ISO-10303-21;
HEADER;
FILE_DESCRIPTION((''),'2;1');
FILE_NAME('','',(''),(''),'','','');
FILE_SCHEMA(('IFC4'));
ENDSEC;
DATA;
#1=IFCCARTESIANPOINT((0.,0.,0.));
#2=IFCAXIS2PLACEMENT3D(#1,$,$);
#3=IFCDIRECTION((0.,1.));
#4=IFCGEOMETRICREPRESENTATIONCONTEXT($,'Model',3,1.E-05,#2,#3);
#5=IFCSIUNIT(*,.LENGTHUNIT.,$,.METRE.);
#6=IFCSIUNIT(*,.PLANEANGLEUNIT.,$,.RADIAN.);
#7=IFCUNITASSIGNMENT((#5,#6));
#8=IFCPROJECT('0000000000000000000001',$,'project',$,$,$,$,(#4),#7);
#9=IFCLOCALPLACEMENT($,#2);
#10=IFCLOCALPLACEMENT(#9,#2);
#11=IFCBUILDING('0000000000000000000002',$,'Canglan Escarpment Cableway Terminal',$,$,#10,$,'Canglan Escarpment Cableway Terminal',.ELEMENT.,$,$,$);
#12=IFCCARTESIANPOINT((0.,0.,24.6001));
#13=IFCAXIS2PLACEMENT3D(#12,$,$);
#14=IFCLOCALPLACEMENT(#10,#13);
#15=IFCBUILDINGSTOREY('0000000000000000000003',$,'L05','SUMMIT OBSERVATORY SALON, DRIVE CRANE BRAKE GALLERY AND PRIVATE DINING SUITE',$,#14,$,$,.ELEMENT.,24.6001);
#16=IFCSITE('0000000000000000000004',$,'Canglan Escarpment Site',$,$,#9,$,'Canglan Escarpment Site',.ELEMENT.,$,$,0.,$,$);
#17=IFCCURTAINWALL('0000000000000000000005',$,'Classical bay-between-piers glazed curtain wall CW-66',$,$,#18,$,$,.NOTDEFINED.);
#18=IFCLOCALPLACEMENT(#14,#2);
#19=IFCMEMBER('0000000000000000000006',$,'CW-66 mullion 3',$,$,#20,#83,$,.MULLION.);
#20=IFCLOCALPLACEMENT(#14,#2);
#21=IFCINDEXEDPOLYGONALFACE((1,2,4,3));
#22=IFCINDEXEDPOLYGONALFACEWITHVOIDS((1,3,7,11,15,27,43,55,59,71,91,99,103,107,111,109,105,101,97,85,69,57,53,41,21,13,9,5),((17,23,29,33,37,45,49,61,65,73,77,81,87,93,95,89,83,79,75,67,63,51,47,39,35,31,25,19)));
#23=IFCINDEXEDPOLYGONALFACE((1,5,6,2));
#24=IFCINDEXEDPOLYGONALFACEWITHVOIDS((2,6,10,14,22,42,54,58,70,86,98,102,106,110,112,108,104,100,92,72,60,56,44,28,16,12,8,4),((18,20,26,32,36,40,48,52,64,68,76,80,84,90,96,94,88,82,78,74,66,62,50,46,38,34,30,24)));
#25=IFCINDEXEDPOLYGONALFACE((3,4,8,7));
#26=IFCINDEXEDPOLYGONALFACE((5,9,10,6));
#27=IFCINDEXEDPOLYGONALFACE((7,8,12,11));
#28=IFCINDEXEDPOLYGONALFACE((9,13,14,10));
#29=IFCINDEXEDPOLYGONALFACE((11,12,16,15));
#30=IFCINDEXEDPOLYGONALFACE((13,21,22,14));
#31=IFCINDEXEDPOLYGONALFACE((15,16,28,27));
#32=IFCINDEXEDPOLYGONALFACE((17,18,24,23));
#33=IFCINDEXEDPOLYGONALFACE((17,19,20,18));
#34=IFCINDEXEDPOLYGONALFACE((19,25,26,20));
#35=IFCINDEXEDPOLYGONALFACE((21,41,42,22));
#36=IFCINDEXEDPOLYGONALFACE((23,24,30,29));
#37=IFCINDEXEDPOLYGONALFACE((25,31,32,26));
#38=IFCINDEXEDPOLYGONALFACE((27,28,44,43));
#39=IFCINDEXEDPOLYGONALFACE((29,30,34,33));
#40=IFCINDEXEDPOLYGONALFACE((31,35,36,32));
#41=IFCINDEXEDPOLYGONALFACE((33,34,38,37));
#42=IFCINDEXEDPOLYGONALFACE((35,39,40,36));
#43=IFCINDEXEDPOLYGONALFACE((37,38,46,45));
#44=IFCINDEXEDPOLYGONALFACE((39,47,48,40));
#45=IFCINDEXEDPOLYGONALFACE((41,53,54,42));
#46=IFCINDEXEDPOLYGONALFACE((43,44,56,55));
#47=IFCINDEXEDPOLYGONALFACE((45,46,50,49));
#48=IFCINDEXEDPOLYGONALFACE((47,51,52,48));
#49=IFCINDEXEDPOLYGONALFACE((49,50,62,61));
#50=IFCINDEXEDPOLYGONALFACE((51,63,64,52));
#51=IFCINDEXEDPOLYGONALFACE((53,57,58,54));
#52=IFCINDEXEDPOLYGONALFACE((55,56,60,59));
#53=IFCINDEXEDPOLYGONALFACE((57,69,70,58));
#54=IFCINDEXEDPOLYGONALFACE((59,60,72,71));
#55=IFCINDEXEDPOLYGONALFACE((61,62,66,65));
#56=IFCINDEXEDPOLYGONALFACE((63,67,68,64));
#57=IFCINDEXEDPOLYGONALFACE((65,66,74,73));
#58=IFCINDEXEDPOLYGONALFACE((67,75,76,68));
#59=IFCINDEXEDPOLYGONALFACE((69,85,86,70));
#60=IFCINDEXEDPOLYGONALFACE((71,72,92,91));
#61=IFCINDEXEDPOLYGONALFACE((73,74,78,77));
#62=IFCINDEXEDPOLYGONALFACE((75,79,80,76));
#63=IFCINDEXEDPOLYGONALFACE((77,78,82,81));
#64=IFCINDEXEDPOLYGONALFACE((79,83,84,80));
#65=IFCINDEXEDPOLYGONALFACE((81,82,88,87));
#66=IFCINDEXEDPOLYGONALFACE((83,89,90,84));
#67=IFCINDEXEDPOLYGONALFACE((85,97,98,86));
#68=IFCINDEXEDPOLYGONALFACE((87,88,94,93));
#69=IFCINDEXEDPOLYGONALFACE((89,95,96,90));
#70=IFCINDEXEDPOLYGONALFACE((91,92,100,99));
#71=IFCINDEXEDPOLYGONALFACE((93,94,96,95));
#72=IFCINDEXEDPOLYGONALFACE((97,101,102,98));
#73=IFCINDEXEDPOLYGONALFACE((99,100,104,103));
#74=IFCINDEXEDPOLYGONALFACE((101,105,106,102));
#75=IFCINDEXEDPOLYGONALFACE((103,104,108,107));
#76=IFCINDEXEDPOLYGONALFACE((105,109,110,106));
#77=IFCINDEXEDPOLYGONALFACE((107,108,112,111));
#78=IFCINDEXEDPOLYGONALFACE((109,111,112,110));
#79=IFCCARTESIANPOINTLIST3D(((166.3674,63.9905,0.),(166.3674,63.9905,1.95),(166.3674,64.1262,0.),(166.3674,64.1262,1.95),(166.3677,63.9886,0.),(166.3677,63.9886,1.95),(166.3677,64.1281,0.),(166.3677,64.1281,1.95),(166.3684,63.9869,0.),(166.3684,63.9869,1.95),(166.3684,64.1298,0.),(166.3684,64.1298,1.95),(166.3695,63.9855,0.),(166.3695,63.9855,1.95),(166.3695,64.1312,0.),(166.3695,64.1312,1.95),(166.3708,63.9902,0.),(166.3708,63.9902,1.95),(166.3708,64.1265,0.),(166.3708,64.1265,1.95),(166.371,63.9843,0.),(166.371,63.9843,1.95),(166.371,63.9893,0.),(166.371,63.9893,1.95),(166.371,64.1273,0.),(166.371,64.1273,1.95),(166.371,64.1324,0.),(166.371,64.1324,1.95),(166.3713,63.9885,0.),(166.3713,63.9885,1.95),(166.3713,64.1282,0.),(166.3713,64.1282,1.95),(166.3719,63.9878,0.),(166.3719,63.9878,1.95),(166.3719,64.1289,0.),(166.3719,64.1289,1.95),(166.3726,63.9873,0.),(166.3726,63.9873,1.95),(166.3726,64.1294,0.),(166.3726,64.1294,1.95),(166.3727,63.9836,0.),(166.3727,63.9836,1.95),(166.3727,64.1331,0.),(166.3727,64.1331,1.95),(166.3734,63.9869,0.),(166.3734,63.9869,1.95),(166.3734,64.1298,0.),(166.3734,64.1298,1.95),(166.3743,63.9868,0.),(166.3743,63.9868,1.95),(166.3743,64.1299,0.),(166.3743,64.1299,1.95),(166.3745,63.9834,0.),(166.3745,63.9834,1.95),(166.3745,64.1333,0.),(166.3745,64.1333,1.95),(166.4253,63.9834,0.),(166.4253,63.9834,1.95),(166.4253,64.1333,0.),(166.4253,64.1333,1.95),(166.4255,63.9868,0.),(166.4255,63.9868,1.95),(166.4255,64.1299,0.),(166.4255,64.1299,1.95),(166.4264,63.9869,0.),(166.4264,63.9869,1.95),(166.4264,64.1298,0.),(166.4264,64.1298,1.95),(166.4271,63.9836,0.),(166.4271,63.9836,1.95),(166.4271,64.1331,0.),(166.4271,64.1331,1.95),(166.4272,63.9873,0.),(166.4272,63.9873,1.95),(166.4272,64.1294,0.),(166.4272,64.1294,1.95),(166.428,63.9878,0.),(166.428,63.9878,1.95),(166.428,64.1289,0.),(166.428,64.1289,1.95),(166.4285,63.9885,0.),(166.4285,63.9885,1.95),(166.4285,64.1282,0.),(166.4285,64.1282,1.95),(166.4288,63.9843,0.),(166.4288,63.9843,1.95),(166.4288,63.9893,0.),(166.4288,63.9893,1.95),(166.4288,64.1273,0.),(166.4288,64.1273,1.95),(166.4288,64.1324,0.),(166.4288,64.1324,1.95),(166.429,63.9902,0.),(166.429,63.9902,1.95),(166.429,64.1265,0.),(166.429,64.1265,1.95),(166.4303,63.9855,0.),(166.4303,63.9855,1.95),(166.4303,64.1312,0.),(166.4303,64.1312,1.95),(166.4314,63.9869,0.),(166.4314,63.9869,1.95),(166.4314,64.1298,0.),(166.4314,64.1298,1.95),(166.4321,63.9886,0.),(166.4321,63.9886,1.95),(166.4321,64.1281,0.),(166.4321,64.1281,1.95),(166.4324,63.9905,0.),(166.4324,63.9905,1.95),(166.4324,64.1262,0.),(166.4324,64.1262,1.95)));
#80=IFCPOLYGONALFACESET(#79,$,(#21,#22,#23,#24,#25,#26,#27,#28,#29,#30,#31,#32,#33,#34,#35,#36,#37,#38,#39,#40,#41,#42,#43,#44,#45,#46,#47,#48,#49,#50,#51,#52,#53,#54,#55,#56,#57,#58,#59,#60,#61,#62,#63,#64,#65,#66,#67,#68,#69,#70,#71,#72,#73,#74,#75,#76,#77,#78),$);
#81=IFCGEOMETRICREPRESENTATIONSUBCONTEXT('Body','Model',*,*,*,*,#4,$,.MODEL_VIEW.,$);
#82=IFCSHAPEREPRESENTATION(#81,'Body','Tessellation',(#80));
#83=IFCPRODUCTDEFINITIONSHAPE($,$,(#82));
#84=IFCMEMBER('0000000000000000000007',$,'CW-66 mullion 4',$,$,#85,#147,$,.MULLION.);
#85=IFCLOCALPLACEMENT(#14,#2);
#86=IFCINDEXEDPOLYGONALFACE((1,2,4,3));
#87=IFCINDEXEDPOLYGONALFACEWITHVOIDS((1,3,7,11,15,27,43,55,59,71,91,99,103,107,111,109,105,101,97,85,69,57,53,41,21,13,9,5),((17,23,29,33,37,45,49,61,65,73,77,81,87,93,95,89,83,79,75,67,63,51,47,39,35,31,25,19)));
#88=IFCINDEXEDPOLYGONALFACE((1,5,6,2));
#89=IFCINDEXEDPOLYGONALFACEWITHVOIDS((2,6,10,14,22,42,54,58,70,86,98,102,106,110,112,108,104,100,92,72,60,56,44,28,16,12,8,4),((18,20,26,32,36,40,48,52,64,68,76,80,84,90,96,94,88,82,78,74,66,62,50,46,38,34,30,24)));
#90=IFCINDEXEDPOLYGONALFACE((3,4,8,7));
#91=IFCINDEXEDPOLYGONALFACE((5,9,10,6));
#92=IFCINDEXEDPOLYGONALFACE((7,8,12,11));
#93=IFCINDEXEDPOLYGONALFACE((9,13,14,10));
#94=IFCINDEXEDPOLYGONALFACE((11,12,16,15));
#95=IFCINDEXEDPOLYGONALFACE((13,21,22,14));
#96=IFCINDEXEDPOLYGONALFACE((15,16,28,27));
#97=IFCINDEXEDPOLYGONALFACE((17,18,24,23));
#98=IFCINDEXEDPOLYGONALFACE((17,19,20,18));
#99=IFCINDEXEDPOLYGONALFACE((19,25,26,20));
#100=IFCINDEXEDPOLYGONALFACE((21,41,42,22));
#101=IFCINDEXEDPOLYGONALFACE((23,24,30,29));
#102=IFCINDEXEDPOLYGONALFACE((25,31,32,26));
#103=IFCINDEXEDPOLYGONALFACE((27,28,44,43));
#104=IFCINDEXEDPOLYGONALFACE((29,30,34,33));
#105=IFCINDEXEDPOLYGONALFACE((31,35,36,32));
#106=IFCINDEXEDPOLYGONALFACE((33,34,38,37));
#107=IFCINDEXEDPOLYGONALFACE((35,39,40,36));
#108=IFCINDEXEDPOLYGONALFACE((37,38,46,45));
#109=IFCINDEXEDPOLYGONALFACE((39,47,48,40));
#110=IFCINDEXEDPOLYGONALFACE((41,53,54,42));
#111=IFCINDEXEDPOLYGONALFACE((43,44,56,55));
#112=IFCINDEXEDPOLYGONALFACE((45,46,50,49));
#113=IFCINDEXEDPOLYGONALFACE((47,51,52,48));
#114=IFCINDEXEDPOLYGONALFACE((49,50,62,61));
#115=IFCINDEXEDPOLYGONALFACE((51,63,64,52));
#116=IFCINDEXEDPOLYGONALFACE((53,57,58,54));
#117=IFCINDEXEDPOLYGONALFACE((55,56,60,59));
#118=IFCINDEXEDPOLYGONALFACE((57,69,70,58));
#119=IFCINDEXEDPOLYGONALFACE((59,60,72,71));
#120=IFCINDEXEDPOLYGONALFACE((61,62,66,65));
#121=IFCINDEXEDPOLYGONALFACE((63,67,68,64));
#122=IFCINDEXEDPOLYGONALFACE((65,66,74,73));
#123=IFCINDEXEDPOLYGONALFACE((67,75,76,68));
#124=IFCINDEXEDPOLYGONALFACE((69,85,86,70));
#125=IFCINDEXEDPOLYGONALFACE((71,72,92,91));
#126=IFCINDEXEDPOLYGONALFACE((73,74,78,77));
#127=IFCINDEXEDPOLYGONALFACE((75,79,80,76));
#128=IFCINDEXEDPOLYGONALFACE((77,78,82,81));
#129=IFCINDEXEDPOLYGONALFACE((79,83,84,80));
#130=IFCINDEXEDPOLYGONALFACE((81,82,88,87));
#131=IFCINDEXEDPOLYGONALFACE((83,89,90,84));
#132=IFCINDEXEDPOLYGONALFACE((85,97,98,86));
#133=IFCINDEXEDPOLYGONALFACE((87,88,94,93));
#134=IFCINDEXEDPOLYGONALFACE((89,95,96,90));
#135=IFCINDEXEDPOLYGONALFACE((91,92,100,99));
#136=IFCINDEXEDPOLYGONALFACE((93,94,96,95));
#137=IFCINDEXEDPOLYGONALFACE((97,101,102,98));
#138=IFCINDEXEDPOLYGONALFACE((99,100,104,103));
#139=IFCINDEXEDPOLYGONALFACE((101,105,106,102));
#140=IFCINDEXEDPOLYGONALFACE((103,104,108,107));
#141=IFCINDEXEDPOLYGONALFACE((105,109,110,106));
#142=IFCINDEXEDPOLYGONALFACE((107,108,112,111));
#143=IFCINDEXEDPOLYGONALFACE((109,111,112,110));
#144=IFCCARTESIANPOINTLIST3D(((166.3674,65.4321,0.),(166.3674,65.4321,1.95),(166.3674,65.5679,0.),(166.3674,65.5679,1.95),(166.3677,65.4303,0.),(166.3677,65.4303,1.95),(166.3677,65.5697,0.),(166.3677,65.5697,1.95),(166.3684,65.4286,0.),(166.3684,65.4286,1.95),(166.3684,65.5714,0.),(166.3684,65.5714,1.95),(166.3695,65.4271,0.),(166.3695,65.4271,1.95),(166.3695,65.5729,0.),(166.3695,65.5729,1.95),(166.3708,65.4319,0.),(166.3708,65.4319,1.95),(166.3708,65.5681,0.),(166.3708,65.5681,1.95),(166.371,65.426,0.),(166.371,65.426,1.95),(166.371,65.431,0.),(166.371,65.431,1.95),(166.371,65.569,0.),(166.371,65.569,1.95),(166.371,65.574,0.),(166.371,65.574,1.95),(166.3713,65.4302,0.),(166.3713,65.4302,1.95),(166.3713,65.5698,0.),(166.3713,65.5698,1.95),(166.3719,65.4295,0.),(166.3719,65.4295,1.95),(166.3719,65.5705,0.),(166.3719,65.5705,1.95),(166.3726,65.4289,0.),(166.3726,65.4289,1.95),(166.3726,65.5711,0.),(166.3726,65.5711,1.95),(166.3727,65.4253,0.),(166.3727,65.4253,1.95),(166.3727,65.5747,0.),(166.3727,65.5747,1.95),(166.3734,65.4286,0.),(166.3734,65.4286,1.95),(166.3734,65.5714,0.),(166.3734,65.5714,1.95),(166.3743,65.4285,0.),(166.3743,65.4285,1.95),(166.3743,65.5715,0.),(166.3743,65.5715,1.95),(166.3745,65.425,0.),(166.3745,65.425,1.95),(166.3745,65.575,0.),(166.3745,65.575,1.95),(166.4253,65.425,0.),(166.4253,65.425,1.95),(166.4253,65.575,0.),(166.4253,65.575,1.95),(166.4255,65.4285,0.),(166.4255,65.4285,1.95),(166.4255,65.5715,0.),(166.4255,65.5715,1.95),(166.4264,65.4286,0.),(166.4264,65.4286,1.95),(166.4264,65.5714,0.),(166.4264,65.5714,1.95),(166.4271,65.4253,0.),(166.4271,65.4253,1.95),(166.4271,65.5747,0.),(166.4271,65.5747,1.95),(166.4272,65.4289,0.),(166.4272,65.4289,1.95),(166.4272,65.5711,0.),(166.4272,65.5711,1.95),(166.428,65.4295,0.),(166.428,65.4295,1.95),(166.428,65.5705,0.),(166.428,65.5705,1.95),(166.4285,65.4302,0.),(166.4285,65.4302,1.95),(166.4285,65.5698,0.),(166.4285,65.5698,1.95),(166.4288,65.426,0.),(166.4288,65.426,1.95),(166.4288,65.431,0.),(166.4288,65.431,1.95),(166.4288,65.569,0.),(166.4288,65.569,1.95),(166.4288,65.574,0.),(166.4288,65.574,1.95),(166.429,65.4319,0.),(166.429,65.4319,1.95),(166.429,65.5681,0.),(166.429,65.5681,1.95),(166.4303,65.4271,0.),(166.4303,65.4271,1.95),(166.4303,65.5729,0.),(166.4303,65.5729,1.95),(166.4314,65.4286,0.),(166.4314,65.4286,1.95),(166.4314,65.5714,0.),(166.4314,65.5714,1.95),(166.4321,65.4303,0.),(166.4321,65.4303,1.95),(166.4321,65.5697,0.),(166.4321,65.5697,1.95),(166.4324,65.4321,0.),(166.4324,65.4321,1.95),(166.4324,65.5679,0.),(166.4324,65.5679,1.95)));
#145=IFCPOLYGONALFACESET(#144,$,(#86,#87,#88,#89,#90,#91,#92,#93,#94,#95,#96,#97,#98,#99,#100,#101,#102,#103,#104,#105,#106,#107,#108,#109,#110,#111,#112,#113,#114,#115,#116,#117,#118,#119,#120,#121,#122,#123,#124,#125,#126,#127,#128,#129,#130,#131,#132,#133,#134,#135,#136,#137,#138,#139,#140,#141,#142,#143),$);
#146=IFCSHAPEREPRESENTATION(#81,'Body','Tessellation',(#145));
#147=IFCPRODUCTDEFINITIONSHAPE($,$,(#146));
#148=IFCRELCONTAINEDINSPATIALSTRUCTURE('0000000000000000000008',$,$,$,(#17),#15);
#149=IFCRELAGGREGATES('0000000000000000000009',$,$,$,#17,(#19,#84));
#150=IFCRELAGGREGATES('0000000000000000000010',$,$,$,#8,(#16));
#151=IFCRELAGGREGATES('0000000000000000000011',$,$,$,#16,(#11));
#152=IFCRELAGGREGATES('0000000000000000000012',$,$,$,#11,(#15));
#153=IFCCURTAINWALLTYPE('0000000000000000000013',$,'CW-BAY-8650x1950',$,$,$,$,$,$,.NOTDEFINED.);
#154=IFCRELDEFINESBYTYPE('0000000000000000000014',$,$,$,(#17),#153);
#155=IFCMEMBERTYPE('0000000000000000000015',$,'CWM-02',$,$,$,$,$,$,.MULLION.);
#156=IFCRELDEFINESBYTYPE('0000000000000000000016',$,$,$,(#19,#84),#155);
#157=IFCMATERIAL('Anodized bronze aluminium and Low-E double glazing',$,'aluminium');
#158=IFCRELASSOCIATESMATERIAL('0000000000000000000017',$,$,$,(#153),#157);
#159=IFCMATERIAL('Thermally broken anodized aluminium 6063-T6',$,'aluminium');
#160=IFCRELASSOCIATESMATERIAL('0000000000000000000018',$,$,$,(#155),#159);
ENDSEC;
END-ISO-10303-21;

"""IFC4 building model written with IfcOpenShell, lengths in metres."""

from ifc_helpers import new_model, si_unit, direction, frame, origin, origin_2d, place, context, subcontext, project, spatial, hollow_rectangle, extrude, material, material_profile, profile_set, type_object, element, aggregate, save


model = new_model("IFC4")

# Units and contexts
model_context = context("Model", 3, precision=1e-05, world=origin(), true_north=direction((0.0, 1.0)))
body_context = subcontext(model_context, "Body", "Model", "MODEL_VIEW")
ifc_project = project(units=[si_unit("LENGTHUNIT", "METRE"), si_unit("PLANEANGLEUNIT", "RADIAN")], contexts=[model_context])

# Site, building, storey
site_placement = place(None, origin())
site = spatial("IfcSite", under=ifc_project, at=site_placement, Name="Canglan Escarpment Site", LongName="Canglan Escarpment Site", CompositionType="ELEMENT", RefElevation=0.0)
building_placement = place(site_placement, origin())
building = spatial("IfcBuilding", under=site, at=building_placement, Name="Canglan Escarpment Cableway Terminal", LongName="Canglan Escarpment Cableway Terminal", CompositionType="ELEMENT")
storey_placement = place(building_placement, frame((0.0, 0.0, 24.6001)))
storey = spatial("IfcBuildingStorey", under=building, at=storey_placement, Name="L05", Description="SUMMIT OBSERVATORY SALON, DRIVE CRANE BRAKE GALLERY AND PRIVATE DINING SUITE", CompositionType="ELEMENT", Elevation=24.6001)

# Shared definitions
ifc_material_1 = material(Name="Anodized bronze aluminium and Low-E double glazing", Category="aluminium")
curtain_wall_type = type_object("IfcCurtainWallType", Name="CW-BAY-8650x1950", PredefinedType="NOTDEFINED", material=ifc_material_1)
ifc_material_2 = material(Name="Thermally broken anodized aluminium 6063-T6", Category="aluminium")

# Curtain wall, members
curtain_wall_1_placement = place(storey_placement, origin())
curtain_wall_1 = element("IfcCurtainWall", 1, at=curtain_wall_1_placement, inside=storey, type_object=curtain_wall_type, Name="Classical bay-between-piers glazed curtain wall CW-66", PredefinedType="NOTDEFINED")
ifc_material_profile_1 = material_profile(ifc_material_2, hollow_rectangle(XDim=0.0649, YDim=0.1499, WallThickness=0.0034, InnerFilletRadius=0.0034, OuterFilletRadius=0.0071, at=origin_2d()), Name="ALU-MULL 65x150x3.5")
ifc_profile_set_1 = profile_set([ifc_material_profile_1], Name="Thermally broken anodized aluminium 6063-T6")
member_type_1 = type_object("IfcMemberType", Name="CWM-02", PredefinedType="MULLION", material=ifc_profile_set_1)
member_1_placement = place(storey_placement, frame((166.3999, 64.0583, 0.0), z_axis=(0.0, 0.0, 1.0), x_axis=(-1.0, 0.0, 0.0)))
member_1 = element("IfcMember", 2, at=member_1_placement, type_object=member_type_1, Name="CW-66 mullion 3", PredefinedType="MULLION", context=body_context, shape_type="SweptSolid", body=[
    extrude(hollow_rectangle(XDim=0.0649, YDim=0.1499, WallThickness=0.0034, InnerFilletRadius=0.0034, OuterFilletRadius=0.0071, at=origin_2d()), origin(), (0.0, 0.0, 1.0), 1.95),
])
member_2_placement = place(storey_placement, frame((166.3999, 65.5, 0.0), z_axis=(0.0, 0.0, 1.0), x_axis=(-1.0, 0.0, 0.0)))
member_2 = element("IfcMember", 3, at=member_2_placement, type_object=member_type_1, Name="CW-66 mullion 4", PredefinedType="MULLION", context=body_context, shape_type="SweptSolid", body=[
    extrude(hollow_rectangle(XDim=0.0649, YDim=0.1499, WallThickness=0.0034, InnerFilletRadius=0.0034, OuterFilletRadius=0.0071, at=origin_2d()), origin(), (0.0, 0.0, 1.0), 1.95),
])

aggregate(curtain_wall_1, [member_1, member_2])

save(model, "model.ifc")
